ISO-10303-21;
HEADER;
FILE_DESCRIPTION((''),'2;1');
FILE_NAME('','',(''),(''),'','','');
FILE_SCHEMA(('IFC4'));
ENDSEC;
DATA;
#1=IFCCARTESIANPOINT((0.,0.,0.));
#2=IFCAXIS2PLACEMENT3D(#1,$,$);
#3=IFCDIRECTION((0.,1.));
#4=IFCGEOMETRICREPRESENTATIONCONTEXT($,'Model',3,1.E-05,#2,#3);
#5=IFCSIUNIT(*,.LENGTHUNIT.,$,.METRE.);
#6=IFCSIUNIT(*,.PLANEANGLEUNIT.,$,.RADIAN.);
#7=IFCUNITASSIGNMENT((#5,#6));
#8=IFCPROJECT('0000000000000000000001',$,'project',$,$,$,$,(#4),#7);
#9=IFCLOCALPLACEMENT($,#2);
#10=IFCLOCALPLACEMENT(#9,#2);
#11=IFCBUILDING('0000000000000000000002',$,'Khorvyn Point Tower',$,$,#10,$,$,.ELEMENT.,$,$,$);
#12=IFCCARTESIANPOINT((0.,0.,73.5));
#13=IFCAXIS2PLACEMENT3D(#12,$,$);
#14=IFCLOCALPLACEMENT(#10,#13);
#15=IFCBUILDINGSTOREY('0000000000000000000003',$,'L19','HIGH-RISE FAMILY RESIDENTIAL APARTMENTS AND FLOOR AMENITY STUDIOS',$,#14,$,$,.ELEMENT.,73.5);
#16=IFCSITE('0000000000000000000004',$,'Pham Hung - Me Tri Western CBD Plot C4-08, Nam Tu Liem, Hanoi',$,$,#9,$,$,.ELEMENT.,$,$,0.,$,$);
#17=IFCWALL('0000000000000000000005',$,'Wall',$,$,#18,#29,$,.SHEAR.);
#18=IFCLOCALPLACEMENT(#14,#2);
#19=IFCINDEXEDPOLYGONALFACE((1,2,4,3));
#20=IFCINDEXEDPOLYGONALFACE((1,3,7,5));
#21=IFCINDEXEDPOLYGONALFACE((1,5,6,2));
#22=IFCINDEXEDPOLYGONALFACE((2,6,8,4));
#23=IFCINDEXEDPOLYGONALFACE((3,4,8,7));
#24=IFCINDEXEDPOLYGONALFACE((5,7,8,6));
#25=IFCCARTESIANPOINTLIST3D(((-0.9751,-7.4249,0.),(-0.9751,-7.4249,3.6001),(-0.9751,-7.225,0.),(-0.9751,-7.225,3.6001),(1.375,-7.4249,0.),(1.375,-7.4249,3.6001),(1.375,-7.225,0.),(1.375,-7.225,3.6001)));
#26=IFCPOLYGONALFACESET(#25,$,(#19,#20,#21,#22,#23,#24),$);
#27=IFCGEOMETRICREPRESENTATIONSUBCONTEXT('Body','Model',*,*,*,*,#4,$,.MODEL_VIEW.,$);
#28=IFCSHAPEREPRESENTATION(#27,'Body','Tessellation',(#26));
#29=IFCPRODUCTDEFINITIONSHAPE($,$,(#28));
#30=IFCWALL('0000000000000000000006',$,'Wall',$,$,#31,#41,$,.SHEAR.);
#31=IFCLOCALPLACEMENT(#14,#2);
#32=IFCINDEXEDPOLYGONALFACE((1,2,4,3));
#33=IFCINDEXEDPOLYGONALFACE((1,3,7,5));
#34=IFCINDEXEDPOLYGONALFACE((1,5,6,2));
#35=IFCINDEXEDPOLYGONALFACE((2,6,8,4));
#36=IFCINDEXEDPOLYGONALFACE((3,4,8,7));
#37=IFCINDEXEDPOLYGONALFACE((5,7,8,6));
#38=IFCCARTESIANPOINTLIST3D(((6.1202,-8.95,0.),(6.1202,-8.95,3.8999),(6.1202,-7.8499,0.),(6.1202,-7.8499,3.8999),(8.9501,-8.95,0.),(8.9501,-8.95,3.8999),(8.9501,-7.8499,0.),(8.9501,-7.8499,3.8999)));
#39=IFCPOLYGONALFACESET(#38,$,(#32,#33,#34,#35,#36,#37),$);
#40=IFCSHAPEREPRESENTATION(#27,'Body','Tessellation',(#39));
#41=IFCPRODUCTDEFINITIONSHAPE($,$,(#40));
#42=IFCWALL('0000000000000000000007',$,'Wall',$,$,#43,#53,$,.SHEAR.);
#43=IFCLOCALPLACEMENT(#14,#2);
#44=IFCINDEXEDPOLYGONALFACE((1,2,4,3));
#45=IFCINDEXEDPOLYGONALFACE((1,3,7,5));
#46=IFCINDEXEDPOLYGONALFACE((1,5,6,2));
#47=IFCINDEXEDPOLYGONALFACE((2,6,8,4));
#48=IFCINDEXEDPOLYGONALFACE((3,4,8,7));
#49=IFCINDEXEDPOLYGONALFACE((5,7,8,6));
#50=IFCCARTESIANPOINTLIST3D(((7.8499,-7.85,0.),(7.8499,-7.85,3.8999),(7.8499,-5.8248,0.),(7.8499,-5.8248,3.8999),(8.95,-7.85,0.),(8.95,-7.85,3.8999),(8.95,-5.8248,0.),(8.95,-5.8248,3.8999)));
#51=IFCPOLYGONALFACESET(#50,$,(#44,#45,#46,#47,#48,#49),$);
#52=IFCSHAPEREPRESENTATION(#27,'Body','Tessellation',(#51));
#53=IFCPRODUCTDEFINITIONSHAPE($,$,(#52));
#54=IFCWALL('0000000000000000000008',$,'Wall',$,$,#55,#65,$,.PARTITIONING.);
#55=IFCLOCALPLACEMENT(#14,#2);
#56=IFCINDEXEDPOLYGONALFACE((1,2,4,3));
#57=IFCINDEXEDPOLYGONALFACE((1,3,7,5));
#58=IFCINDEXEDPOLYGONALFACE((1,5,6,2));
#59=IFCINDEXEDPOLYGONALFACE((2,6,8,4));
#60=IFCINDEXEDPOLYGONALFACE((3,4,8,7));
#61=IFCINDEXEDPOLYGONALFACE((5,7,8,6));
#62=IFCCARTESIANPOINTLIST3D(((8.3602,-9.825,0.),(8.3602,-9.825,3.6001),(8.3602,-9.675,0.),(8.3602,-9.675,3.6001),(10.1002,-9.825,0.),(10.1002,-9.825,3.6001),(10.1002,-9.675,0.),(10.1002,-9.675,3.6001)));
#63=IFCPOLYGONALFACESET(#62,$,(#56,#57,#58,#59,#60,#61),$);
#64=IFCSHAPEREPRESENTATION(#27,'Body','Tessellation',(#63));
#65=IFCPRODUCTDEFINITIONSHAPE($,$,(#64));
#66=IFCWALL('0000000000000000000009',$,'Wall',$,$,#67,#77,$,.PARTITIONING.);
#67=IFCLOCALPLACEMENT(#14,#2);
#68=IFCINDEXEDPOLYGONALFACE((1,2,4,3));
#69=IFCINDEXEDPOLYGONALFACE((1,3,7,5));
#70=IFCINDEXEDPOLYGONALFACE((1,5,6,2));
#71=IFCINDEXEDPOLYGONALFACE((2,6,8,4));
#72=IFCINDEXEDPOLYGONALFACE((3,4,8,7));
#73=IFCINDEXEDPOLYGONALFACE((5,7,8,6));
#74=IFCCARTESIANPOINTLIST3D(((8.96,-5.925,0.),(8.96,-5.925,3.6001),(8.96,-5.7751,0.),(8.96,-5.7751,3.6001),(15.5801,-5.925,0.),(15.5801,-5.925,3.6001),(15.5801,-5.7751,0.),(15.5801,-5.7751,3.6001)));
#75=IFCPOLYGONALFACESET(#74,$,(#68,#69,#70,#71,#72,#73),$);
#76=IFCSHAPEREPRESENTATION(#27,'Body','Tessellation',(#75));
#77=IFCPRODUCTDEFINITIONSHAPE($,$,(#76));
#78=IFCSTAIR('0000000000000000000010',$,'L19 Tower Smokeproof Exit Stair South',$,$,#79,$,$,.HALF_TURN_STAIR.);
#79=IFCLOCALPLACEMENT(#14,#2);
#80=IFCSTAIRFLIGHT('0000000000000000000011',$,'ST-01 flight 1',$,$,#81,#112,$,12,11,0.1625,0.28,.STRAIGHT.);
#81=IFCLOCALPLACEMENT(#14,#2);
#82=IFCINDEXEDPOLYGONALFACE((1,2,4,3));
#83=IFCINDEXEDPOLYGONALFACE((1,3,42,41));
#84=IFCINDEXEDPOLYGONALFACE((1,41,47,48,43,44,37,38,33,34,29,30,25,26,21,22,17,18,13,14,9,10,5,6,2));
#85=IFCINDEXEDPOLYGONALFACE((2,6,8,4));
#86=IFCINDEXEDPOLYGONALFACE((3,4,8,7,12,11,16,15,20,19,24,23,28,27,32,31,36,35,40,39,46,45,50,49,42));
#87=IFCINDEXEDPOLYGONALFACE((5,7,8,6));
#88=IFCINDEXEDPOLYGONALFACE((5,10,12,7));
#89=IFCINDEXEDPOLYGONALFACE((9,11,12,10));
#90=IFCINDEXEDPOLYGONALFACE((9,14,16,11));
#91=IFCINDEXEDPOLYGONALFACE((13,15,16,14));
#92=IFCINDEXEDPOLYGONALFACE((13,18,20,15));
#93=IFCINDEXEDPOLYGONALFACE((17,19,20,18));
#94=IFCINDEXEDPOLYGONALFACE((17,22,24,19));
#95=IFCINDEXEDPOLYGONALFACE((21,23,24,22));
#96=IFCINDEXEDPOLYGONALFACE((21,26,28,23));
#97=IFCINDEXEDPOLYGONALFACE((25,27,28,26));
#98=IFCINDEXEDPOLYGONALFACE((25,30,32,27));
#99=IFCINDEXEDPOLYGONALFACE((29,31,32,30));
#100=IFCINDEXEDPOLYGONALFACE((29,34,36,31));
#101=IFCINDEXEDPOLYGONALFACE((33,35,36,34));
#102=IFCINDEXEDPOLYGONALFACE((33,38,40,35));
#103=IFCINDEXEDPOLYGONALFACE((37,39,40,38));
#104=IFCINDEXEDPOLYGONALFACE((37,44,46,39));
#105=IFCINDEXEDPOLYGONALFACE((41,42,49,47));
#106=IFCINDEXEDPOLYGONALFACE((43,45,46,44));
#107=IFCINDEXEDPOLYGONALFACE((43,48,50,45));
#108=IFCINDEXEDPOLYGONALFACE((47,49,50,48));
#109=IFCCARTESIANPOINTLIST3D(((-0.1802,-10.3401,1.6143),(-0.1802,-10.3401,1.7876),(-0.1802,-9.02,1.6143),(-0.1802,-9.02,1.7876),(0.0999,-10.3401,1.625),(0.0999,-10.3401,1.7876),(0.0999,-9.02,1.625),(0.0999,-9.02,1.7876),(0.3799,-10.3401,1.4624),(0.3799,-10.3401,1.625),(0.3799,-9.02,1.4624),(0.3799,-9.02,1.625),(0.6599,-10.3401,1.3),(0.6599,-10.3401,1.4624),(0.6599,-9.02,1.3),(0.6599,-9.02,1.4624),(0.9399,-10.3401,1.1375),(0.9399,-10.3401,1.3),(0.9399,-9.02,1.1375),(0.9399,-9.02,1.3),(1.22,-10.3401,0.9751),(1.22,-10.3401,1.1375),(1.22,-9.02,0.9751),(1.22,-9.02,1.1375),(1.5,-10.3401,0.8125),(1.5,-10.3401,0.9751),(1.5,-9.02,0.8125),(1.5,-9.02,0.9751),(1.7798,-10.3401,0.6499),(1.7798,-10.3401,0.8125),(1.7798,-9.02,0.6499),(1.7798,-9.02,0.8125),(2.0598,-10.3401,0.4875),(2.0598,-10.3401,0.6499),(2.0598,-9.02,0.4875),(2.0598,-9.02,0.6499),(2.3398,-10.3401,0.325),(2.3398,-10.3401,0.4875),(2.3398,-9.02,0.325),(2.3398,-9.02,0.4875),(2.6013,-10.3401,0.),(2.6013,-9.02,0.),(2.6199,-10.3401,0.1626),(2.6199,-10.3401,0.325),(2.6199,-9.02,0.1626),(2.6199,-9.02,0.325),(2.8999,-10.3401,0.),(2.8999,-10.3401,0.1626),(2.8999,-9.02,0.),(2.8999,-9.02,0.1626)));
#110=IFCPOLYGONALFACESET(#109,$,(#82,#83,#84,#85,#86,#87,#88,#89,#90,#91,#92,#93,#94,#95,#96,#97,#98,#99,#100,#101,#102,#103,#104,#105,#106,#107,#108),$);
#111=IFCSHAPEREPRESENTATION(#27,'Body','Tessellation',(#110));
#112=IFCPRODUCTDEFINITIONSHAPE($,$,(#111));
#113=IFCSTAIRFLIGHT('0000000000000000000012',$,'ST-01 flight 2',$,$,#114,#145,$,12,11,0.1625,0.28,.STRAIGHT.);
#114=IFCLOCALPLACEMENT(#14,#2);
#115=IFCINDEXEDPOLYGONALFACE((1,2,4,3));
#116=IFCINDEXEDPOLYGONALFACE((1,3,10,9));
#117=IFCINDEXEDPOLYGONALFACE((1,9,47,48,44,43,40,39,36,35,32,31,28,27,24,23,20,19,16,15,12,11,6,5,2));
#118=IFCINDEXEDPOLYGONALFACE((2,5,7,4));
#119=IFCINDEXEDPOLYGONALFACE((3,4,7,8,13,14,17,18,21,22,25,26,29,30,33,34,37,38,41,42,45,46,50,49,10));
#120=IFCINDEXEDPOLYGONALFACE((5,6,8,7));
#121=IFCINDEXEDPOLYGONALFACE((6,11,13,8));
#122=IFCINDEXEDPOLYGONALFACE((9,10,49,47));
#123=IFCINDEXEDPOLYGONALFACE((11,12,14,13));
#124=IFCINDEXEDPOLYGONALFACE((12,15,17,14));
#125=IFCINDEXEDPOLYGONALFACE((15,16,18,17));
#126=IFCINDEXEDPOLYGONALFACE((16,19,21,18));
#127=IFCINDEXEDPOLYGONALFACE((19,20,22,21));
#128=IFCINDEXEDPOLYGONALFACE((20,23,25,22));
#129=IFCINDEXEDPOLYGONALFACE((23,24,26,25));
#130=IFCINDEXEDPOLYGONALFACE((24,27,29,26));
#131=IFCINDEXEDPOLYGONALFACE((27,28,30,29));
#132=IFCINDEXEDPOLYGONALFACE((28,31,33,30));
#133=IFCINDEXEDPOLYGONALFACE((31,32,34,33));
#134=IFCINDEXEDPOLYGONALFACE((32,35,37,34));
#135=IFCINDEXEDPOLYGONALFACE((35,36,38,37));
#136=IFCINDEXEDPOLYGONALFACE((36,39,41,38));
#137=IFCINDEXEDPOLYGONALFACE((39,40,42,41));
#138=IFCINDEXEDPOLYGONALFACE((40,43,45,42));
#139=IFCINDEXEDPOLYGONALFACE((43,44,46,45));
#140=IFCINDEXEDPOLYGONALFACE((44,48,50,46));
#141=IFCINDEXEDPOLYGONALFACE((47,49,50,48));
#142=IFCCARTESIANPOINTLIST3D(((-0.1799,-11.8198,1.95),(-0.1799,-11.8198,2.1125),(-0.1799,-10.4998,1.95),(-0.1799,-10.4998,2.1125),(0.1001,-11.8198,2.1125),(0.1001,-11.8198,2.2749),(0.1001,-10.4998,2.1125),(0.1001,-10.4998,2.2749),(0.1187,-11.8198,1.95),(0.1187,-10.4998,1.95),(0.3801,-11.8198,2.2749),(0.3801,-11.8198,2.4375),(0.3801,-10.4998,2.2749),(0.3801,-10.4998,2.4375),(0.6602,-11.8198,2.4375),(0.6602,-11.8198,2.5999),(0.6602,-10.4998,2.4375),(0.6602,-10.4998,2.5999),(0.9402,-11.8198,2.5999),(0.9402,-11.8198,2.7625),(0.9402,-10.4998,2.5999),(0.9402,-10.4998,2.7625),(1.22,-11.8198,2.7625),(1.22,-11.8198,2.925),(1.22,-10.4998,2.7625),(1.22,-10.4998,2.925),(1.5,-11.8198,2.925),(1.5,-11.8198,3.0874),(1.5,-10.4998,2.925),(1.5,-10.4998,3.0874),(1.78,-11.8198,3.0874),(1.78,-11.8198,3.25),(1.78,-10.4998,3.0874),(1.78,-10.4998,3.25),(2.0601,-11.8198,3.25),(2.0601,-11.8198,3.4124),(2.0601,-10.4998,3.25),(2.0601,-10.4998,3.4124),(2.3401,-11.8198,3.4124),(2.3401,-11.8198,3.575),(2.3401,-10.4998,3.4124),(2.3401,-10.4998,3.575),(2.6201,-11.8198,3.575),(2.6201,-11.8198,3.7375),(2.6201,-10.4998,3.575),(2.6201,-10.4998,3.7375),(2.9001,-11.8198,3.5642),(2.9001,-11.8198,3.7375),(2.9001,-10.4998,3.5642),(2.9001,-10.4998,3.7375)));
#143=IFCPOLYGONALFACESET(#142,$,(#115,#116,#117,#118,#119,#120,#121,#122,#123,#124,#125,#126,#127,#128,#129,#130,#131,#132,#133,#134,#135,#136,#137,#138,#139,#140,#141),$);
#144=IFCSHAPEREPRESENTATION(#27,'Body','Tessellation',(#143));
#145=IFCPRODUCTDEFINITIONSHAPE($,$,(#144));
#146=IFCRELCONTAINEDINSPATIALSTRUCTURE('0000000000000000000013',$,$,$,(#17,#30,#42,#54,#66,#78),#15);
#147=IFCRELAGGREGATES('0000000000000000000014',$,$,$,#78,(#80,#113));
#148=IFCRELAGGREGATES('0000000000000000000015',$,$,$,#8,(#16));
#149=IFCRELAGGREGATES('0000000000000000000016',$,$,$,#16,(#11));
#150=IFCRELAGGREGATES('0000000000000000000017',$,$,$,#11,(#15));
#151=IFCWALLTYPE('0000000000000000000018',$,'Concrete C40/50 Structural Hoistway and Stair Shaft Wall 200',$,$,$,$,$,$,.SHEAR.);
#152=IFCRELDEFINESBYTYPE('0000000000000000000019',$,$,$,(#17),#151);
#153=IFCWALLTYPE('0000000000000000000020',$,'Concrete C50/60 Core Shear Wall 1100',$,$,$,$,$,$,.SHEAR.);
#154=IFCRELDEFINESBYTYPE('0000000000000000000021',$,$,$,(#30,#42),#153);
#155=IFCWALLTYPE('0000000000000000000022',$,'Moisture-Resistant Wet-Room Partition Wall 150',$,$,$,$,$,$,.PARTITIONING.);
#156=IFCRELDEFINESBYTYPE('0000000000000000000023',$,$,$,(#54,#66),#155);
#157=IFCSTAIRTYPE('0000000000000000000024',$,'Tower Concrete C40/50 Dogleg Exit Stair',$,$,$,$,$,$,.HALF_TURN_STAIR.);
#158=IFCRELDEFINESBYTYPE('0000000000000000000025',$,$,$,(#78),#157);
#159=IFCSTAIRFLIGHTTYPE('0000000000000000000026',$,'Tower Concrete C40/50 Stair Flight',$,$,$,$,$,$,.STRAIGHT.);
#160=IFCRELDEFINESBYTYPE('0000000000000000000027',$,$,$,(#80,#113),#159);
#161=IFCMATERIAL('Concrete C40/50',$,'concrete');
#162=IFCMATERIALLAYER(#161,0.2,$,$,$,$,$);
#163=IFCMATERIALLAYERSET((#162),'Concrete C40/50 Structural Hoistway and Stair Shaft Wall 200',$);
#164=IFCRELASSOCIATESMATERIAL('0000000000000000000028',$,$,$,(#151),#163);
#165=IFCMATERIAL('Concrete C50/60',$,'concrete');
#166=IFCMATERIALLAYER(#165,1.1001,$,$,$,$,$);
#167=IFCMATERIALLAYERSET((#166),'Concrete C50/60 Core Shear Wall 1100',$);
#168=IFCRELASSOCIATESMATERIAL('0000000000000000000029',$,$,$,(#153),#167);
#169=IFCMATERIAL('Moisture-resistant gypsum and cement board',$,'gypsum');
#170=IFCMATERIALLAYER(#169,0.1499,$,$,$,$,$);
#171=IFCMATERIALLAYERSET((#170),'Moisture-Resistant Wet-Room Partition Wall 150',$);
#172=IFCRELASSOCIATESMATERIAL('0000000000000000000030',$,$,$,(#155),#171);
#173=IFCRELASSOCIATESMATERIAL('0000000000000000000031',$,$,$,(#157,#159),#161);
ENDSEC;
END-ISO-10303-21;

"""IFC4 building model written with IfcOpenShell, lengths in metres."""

from ifc_helpers import new_model, si_unit, direction, frame, frame_2d, origin, place, context, subcontext, project, spatial, polyline, rectangle, outline, extrude, material, layer, layer_set, type_object, element, aggregate, save


model = new_model("IFC4")

# Units and contexts
model_context = context("Model", 3, precision=1e-05, world=origin(), true_north=direction((0.0, 1.0)))
body_context = subcontext(model_context, "Body", "Model", "MODEL_VIEW")
ifc_project = project(units=[si_unit("LENGTHUNIT", "METRE"), si_unit("PLANEANGLEUNIT", "RADIAN")], contexts=[model_context])

# Site, building, storey
site_placement = place(None, origin())
site = spatial("IfcSite", under=ifc_project, at=site_placement, Name="Pham Hung - Me Tri Western CBD Plot C4-08, Nam Tu Liem, Hanoi", CompositionType="ELEMENT", RefElevation=0.0)
building_placement = place(site_placement, origin())
building = spatial("IfcBuilding", under=site, at=building_placement, Name="Khorvyn Point Tower", CompositionType="ELEMENT")
storey_placement = place(building_placement, frame((0.0, 0.0, 73.5)))
storey = spatial("IfcBuildingStorey", under=building, at=storey_placement, Name="L19", Description="HIGH-RISE FAMILY RESIDENTIAL APARTMENTS AND FLOOR AMENITY STUDIOS", CompositionType="ELEMENT", Elevation=73.5)

# Shared definitions
ifc_material_1 = material(Name="Concrete C50/60", Category="concrete")

# Shared definitions
ifc_material_2 = material(Name="Concrete C40/50", Category="concrete")

# Shared definitions
ifc_layer_1 = layer(ifc_material_2, 0.2)
ifc_layer_set_1 = layer_set([ifc_layer_1], Name="Concrete C40/50 Structural Hoistway and Stair Shaft Wall 200")
wall_type_1 = type_object("IfcWallType", Name="Concrete C40/50 Structural Hoistway and Stair Shaft Wall 200", PredefinedType="SHEAR", material=ifc_layer_set_1)

# Walls
wall_1_placement = place(storey_placement, frame((-0.9751, -7.325, 0.0), z_axis=(0.0, 0.0, 1.0), x_axis=(1.0, 0.0, 0.0)))
element("IfcWall", 1, at=wall_1_placement, inside=storey, type_object=wall_type_1, Name="Wall", PredefinedType="SHEAR", context=body_context, shape_type="SweptSolid", body=[
    extrude(rectangle(XDim=2.3501, YDim=0.2, at=frame_2d((1.175, 0.0))), origin(), (0.0, 0.0, 1.0), 3.6001),
])
ifc_layer_2 = layer(ifc_material_1, 1.1001)
ifc_layer_set_2 = layer_set([ifc_layer_2], Name="Concrete C50/60 Core Shear Wall 1100")
wall_type_2 = type_object("IfcWallType", Name="Concrete C50/60 Core Shear Wall 1100", PredefinedType="SHEAR", material=ifc_layer_set_2)
wall_2_placement = place(storey_placement, frame((6.1201, -8.3999, 0.0), z_axis=(0.0, 0.0, 1.0), x_axis=(1.0, 0.0, 0.0)))
element("IfcWall", 2, at=wall_2_placement, inside=storey, type_object=wall_type_2, Name="Wall", PredefinedType="SHEAR", context=body_context, shape_type="SweptSolid", body=[
    extrude(rectangle(XDim=2.8298, YDim=1.1001, at=frame_2d((1.415, 0.0))), origin(), (0.0, 0.0, 1.0), 3.8999),
])
wall_3_placement = place(storey_placement, frame((8.3999, -7.8501, 0.0), z_axis=(0.0, 0.0, 1.0), x_axis=(0.0, 1.0, 0.0)))
element("IfcWall", 3, at=wall_3_placement, inside=storey, type_object=wall_type_2, Name="Wall", PredefinedType="SHEAR", context=body_context, shape_type="SweptSolid", body=[
    extrude(rectangle(XDim=2.0251, YDim=1.1001, at=frame_2d((1.0127, 0.0))), origin(), (0.0, 0.0, 1.0), 3.8999),
])
ifc_material_3 = material(Name="Moisture-resistant gypsum and cement board", Category="gypsum")
ifc_layer_3 = layer(ifc_material_3, 0.1499)
ifc_layer_set_3 = layer_set([ifc_layer_3], Name="Moisture-Resistant Wet-Room Partition Wall 150")
wall_type_3 = type_object("IfcWallType", Name="Moisture-Resistant Wet-Room Partition Wall 150", PredefinedType="PARTITIONING", material=ifc_layer_set_3)
wall_4_placement = place(storey_placement, frame((8.3601, -9.75, 0.0), z_axis=(0.0, 0.0, 1.0), x_axis=(1.0, 0.0, 0.0)))
element("IfcWall", 4, at=wall_4_placement, inside=storey, type_object=wall_type_3, Name="Wall", PredefinedType="PARTITIONING", context=body_context, shape_type="SweptSolid", body=[
    extrude(rectangle(XDim=1.74, YDim=0.1499, at=frame_2d((0.8701, 0.0))), origin(), (0.0, 0.0, 1.0), 3.6001),
])
wall_5_placement = place(storey_placement, frame((8.96, -5.8501, 0.0), z_axis=(0.0, 0.0, 1.0), x_axis=(1.0, 0.0, 0.0)))
element("IfcWall", 5, at=wall_5_placement, inside=storey, type_object=wall_type_3, Name="Wall", PredefinedType="PARTITIONING", context=body_context, shape_type="SweptSolid", body=[
    extrude(rectangle(XDim=6.6201, YDim=0.1499, at=frame_2d((3.3101, 0.0))), origin(), (0.0, 0.0, 1.0), 3.6001),
])

# Stair, stair flights
stair_type = type_object("IfcStairType", Name="Tower Concrete C40/50 Dogleg Exit Stair", PredefinedType="HALF_TURN_STAIR", material=ifc_material_2)
stair_placement = place(storey_placement, origin())
stair = element("IfcStair", 6, at=stair_placement, inside=storey, type_object=stair_type, Name="L19 Tower Smokeproof Exit Stair South", PredefinedType="HALF_TURN_STAIR")
stair_flight_type = type_object("IfcStairFlightType", Name="Tower Concrete C40/50 Stair Flight", PredefinedType="STRAIGHT", material=ifc_material_2)
stair_flight_1_placement = place(storey_placement, frame((2.8999, -9.6799, 0.0), z_axis=(0.0, 0.0, 1.0), x_axis=(-1.0, 0.0, 0.0)))
stair_flight_1 = element("IfcStairFlight", 7, at=stair_flight_1_placement, type_object=stair_flight_type, Name="ST-01 flight 1", NumberOfRisers=12, NumberOfTreads=11, PredefinedType="STRAIGHT", RiserHeight=0.1625, TreadLength=0.28, context=body_context, shape_type="SweptSolid", body=[
    extrude(outline(polyline([(0.0, 0.0), (0.0, 0.1626), (0.28, 0.1626), (0.28, 0.325), (0.5601, 0.325), (0.5601, 0.4875), (0.8401, 0.4875), (0.8401, 0.6499), (1.1201, 0.6499), (1.1201, 0.8125), (1.3999, 0.8125), (1.3999, 0.9751), (1.6799, 0.9751), (1.6799, 1.1375), (1.96, 1.1375), (1.96, 1.3), (2.24, 1.3), (2.24, 1.4624), (2.52, 1.4624), (2.52, 1.625), (2.8, 1.625), (2.8, 1.7876), (3.0801, 1.7876), (3.0801, 1.95), (3.0801, 1.6143), (0.2986, 0.0), (0.0, 0.0)])), frame((0.0, 0.6602, 0.0), z_axis=(0.0, -1.0, 0.0), x_axis=(1.0, 0.0, 0.0)), (0.0, 0.0, 1.0), 1.3201),
])
stair_flight_2_placement = place(storey_placement, frame((-0.1799, -11.1599, 1.95), z_axis=(0.0, 0.0, 1.0), x_axis=(1.0, 0.0, 0.0)))
stair_flight_2 = element("IfcStairFlight", 8, at=stair_flight_2_placement, type_object=stair_flight_type, Name="ST-01 flight 2", NumberOfRisers=12, NumberOfTreads=11, PredefinedType="STRAIGHT", RiserHeight=0.1625, TreadLength=0.28, context=body_context, shape_type="SweptSolid", body=[
    extrude(outline(polyline([(0.0, 0.0), (0.0, 0.1626), (0.28, 0.1626), (0.28, 0.325), (0.5601, 0.325), (0.5601, 0.4875), (0.8401, 0.4875), (0.8401, 0.6499), (1.1201, 0.6499), (1.1201, 0.8125), (1.3999, 0.8125), (1.3999, 0.9751), (1.6799, 0.9751), (1.6799, 1.1375), (1.96, 1.1375), (1.96, 1.3), (2.24, 1.3), (2.24, 1.4624), (2.52, 1.4624), (2.52, 1.625), (2.8, 1.625), (2.8, 1.7876), (3.0801, 1.7876), (3.0801, 1.95), (3.0801, 1.6143), (0.2986, 0.0), (0.0, 0.0)])), frame((0.0, 0.6602, 0.0), z_axis=(0.0, -1.0, 0.0), x_axis=(1.0, 0.0, 0.0)), (0.0, 0.0, 1.0), 1.3201),
])
aggregate(stair, [stair_flight_1, stair_flight_2])

save(model, "model.ifc")
